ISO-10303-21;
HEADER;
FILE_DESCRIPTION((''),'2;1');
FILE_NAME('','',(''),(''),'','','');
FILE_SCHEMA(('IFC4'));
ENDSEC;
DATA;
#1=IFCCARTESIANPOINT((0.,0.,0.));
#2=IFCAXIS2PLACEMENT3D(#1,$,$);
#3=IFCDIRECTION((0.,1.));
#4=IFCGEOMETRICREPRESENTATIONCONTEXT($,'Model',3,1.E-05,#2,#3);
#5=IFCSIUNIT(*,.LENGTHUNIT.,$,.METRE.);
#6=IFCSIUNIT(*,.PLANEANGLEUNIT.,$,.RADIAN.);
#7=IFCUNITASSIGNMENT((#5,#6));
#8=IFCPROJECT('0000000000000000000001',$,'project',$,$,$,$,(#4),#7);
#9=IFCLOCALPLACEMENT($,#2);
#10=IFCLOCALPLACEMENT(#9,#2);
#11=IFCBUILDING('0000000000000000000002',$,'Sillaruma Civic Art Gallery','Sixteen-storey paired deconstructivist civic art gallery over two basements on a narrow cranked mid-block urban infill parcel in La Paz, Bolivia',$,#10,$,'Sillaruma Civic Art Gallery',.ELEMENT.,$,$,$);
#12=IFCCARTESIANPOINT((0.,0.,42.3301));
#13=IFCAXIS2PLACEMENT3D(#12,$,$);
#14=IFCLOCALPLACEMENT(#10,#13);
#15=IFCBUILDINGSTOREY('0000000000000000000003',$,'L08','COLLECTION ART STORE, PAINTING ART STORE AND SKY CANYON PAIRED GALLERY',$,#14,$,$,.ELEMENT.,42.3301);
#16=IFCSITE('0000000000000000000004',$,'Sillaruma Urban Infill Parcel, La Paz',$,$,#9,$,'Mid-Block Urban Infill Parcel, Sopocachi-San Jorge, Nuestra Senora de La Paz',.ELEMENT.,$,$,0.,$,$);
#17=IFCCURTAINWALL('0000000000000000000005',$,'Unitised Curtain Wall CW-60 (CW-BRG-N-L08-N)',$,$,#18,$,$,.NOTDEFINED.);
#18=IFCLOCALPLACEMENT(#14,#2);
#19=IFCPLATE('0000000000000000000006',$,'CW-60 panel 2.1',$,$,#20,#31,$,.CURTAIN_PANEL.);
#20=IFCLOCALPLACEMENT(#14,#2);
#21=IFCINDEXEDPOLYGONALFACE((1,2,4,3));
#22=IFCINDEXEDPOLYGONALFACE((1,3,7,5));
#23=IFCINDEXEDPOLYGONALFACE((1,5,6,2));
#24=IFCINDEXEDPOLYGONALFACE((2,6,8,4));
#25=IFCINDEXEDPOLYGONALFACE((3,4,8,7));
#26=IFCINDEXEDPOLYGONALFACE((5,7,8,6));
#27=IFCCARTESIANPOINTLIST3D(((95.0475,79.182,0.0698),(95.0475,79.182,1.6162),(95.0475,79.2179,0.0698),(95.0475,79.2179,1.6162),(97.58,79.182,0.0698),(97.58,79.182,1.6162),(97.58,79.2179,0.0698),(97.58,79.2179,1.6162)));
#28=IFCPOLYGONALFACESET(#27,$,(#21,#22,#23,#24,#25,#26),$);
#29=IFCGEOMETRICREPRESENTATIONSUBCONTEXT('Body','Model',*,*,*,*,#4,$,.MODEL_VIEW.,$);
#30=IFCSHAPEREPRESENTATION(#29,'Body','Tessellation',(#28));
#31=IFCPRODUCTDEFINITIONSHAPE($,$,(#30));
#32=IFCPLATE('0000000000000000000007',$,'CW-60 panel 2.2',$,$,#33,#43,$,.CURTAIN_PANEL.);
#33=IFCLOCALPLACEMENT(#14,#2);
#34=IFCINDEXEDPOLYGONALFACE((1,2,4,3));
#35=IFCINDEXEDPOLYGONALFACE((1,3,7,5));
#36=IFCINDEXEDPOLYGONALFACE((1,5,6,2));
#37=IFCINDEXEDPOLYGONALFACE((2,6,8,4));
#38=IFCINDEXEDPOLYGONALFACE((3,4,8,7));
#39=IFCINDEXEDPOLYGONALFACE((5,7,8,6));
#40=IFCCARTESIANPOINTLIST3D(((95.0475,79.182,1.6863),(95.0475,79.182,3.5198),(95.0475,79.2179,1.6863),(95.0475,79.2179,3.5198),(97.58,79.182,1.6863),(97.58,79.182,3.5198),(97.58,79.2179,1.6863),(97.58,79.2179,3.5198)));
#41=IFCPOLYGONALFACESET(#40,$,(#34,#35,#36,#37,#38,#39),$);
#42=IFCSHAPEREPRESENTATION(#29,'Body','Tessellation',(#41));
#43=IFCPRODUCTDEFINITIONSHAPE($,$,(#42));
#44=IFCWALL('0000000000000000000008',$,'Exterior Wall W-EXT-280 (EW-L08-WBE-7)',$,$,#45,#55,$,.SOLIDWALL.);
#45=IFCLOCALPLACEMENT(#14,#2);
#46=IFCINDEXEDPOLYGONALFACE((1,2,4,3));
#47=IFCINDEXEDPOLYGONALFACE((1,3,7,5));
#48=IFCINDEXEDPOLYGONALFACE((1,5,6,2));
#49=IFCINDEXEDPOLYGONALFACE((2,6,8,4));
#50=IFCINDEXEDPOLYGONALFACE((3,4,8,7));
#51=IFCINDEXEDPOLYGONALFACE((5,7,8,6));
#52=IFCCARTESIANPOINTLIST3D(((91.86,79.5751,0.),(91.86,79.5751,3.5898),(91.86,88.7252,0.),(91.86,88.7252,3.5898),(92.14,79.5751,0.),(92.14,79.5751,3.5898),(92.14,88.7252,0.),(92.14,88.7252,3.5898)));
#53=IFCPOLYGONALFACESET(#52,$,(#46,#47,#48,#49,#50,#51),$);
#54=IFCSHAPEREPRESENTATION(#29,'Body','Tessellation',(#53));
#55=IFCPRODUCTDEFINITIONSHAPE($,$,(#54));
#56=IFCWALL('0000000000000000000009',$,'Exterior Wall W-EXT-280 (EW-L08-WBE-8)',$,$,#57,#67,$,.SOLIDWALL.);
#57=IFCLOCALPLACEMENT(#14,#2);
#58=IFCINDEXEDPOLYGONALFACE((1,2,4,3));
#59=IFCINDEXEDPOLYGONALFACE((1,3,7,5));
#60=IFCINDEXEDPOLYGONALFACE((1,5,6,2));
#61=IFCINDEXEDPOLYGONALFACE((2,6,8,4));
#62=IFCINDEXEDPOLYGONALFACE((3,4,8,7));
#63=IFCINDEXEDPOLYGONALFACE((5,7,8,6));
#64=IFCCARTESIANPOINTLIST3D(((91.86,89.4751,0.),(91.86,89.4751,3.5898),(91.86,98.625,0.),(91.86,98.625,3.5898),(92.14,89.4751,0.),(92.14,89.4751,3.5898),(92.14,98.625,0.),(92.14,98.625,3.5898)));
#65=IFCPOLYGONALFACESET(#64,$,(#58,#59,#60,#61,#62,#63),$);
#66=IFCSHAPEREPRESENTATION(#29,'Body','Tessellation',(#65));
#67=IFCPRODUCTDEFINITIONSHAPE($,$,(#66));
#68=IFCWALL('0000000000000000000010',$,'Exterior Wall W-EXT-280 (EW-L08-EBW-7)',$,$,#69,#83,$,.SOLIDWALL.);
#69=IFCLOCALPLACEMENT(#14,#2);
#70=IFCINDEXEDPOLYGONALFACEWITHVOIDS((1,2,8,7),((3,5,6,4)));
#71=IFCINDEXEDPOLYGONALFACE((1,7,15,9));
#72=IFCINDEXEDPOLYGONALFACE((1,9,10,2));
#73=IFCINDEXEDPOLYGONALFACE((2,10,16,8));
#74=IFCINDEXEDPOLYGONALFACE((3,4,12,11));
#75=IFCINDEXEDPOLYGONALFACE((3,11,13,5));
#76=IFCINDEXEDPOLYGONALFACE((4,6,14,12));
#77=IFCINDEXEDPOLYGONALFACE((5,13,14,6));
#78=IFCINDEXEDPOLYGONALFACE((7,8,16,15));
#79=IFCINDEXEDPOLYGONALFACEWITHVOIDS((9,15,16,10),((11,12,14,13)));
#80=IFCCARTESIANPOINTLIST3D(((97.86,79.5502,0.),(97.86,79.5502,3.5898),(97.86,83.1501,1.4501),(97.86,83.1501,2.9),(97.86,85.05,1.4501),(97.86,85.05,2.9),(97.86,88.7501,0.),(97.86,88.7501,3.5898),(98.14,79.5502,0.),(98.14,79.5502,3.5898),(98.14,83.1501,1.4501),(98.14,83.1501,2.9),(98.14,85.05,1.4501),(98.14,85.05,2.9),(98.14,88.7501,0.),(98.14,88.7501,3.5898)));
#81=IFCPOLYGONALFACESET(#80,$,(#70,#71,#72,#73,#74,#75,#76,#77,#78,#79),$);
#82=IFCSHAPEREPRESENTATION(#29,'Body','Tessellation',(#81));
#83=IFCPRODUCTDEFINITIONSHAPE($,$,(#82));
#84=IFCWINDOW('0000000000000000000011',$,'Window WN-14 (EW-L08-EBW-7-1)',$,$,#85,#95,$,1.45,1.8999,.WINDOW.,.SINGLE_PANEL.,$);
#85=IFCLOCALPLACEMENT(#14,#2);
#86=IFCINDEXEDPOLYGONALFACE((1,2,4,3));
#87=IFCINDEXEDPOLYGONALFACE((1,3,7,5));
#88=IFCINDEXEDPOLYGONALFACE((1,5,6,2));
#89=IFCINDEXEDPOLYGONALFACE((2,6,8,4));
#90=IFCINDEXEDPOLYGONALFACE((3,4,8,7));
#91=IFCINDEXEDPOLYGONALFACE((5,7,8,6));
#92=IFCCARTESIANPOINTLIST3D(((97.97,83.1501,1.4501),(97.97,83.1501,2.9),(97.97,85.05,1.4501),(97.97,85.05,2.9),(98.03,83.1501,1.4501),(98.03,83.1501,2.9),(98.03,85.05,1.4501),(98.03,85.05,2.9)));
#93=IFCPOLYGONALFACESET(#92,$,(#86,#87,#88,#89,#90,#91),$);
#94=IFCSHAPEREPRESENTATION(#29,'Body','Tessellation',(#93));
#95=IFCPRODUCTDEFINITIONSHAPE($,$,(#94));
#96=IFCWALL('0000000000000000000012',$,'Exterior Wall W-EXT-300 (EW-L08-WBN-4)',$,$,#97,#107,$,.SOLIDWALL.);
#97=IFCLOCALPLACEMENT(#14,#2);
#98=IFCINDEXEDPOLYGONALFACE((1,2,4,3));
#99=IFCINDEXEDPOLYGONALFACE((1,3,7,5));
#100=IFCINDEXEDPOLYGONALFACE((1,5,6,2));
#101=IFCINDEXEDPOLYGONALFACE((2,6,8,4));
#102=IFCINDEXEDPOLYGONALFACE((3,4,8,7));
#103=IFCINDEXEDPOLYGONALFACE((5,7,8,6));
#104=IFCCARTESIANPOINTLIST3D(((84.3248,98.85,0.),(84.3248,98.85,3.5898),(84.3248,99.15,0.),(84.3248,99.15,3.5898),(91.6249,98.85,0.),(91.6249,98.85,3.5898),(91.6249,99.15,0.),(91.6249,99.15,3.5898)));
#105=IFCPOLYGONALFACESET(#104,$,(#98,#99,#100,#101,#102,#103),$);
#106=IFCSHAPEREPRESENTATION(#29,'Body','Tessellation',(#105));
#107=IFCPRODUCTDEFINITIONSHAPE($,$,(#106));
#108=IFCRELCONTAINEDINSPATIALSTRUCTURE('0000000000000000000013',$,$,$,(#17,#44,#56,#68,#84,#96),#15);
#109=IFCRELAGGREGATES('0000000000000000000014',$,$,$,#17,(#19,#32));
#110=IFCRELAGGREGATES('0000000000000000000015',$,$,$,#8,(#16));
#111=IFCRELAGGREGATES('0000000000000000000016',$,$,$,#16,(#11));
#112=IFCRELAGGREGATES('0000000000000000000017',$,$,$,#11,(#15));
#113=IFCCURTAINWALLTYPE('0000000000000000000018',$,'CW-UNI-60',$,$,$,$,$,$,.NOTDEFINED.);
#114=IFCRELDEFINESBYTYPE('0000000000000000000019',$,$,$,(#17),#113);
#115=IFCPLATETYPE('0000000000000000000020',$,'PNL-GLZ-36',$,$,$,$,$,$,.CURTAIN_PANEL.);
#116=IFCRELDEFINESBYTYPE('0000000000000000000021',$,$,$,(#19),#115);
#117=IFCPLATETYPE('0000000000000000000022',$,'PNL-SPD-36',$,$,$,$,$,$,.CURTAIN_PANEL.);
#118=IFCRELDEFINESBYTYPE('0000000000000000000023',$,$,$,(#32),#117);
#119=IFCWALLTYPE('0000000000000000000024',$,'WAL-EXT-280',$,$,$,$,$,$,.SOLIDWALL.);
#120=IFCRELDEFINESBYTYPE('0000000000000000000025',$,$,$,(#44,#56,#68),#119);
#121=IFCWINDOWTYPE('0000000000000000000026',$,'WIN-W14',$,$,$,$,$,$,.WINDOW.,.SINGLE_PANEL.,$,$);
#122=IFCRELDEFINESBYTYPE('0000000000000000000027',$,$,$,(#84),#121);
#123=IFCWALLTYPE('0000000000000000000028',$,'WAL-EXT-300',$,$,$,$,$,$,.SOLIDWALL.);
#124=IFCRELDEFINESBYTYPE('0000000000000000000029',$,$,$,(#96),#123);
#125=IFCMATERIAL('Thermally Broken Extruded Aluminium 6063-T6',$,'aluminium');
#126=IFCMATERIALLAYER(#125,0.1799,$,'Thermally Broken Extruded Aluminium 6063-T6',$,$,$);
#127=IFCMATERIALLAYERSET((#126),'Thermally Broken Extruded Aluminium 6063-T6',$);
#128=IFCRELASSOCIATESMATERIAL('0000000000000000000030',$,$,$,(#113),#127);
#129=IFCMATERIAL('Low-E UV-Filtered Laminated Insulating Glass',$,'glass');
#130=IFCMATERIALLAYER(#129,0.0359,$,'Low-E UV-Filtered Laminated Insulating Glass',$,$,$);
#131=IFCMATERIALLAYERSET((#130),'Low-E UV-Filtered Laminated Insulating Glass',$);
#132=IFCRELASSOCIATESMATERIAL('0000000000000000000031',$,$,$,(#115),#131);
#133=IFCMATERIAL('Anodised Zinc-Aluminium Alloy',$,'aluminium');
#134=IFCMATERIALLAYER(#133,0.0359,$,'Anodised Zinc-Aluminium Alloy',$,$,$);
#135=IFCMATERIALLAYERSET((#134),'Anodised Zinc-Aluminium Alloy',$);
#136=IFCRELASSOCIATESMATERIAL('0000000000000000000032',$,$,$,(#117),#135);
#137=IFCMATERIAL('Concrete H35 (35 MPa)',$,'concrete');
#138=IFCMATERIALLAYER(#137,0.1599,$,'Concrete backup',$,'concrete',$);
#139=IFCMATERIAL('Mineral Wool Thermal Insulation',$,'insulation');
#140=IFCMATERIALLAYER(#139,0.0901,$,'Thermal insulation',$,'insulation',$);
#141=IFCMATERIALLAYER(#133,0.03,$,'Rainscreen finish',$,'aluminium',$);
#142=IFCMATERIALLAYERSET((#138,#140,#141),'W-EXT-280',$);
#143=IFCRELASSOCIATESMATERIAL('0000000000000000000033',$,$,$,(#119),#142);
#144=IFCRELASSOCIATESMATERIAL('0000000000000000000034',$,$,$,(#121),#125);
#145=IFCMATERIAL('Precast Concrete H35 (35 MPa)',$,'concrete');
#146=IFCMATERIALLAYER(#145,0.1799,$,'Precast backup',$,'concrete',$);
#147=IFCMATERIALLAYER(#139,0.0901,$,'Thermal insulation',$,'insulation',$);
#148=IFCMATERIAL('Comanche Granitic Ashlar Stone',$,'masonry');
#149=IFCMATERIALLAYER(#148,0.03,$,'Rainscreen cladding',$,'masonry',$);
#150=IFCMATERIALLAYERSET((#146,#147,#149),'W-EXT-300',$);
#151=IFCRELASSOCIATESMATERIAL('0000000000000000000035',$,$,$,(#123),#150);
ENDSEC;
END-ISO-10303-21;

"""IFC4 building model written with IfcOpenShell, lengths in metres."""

from ifc_helpers import new_model, si_unit, direction, frame, frame_2d, origin, origin_2d, place, context, subcontext, project, spatial, rectangle, extrude, material, layer, layer_set, type_object, element, fill, aggregate, save


model = new_model("IFC4")

# Units and contexts
model_context = context("Model", 3, precision=1e-05, world=origin(), true_north=direction((0.0, 1.0)))
body_context = subcontext(model_context, "Body", "Model", "MODEL_VIEW")
ifc_project = project(units=[si_unit("LENGTHUNIT", "METRE"), si_unit("PLANEANGLEUNIT", "RADIAN")], contexts=[model_context])

# Site, building, storey
site_placement = place(None, origin())
site = spatial("IfcSite", under=ifc_project, at=site_placement, Name="Sillaruma Urban Infill Parcel, La Paz", LongName="Mid-Block Urban Infill Parcel, Sopocachi-San Jorge, Nuestra Senora de La Paz", CompositionType="ELEMENT", RefElevation=0.0)
building_placement = place(site_placement, origin())
building = spatial("IfcBuilding", under=site, at=building_placement, Name="Sillaruma Civic Art Gallery", Description="Sixteen-storey paired deconstructivist civic art gallery over two basements on a narrow cranked mid-block urban infill parcel in La Paz, Bolivia", LongName="Sillaruma Civic Art Gallery", CompositionType="ELEMENT")
storey_placement = place(building_placement, frame((0.0, 0.0, 42.3301)))
storey = spatial("IfcBuildingStorey", under=building, at=storey_placement, Name="L08", Description="COLLECTION ART STORE, PAINTING ART STORE AND SKY CANYON PAIRED GALLERY", CompositionType="ELEMENT", Elevation=42.3301)

# Shared definitions
ifc_material_1 = material(Name="Concrete H35 (35 MPa)", Category="concrete")

# Curtain wall, plates
ifc_material_2 = material(Name="Thermally Broken Extruded Aluminium 6063-T6", Category="aluminium")
ifc_layer_1 = layer(ifc_material_2, 0.1799, Name="Thermally Broken Extruded Aluminium 6063-T6")
ifc_layer_set_1 = layer_set([ifc_layer_1], Name="Thermally Broken Extruded Aluminium 6063-T6")
curtain_wall_type = type_object("IfcCurtainWallType", Name="CW-UNI-60", PredefinedType="NOTDEFINED", material=ifc_layer_set_1)
curtain_wall_placement = place(storey_placement, origin())
curtain_wall = element("IfcCurtainWall", 1, at=curtain_wall_placement, inside=storey, type_object=curtain_wall_type, Name="Unitised Curtain Wall CW-60 (CW-BRG-N-L08-N)", PredefinedType="NOTDEFINED")
ifc_material_3 = material(Name="Low-E UV-Filtered Laminated Insulating Glass", Category="glass")
ifc_layer_2 = layer(ifc_material_3, 0.0359, Name="Low-E UV-Filtered Laminated Insulating Glass")
ifc_layer_set_2 = layer_set([ifc_layer_2], Name="Low-E UV-Filtered Laminated Insulating Glass")
plate_type_1 = type_object("IfcPlateType", Name="PNL-GLZ-36", PredefinedType="CURTAIN_PANEL", material=ifc_layer_set_2)
plate_1_placement = place(storey_placement, frame((96.3137, 79.2, 0.0698), z_axis=(0.0, 0.0, 1.0), x_axis=(1.0, 0.0, 0.0)))
plate_1 = element("IfcPlate", 2, at=plate_1_placement, type_object=plate_type_1, Name="CW-60 panel 2.1", PredefinedType="CURTAIN_PANEL", context=body_context, shape_type="SweptSolid", body=[
    extrude(rectangle(XDim=2.5325, YDim=0.0359, at=origin_2d()), origin(), (0.0, 0.0, 1.0), 1.5464),
])
ifc_material_4 = material(Name="Anodised Zinc-Aluminium Alloy", Category="aluminium")
ifc_layer_3 = layer(ifc_material_4, 0.0359, Name="Anodised Zinc-Aluminium Alloy")
ifc_layer_set_3 = layer_set([ifc_layer_3], Name="Anodised Zinc-Aluminium Alloy")
plate_type_2 = type_object("IfcPlateType", Name="PNL-SPD-36", PredefinedType="CURTAIN_PANEL", material=ifc_layer_set_3)
plate_2_placement = place(storey_placement, frame((96.3137, 79.2, 1.6863), z_axis=(0.0, 0.0, 1.0), x_axis=(1.0, 0.0, 0.0)))
plate_2 = element("IfcPlate", 3, at=plate_2_placement, type_object=plate_type_2, Name="CW-60 panel 2.2", PredefinedType="CURTAIN_PANEL", context=body_context, shape_type="SweptSolid", body=[
    extrude(rectangle(XDim=2.5325, YDim=0.0359, at=origin_2d()), origin(), (0.0, 0.0, 1.0), 1.8335),
])
aggregate(curtain_wall, [plate_1, plate_2])

# Walls
ifc_layer_4 = layer(ifc_material_1, 0.1599, Name="Concrete backup", Category="concrete")
ifc_material_5 = material(Name="Mineral Wool Thermal Insulation", Category="insulation")
ifc_layer_5 = layer(ifc_material_5, 0.0901, Name="Thermal insulation", Category="insulation")
ifc_layer_6 = layer(ifc_material_4, 0.03, Name="Rainscreen finish", Category="aluminium")
ifc_layer_set_4 = layer_set([ifc_layer_4, ifc_layer_5, ifc_layer_6], Name="W-EXT-280")
wall_type_1 = type_object("IfcWallType", Name="WAL-EXT-280", PredefinedType="SOLIDWALL", material=ifc_layer_set_4)
wall_1_placement = place(storey_placement, frame((92.0, 79.575, 0.0), z_axis=(0.0, 0.0, 1.0), x_axis=(0.0, 1.0, 0.0)))
element("IfcWall", 4, at=wall_1_placement, inside=storey, type_object=wall_type_1, Name="Exterior Wall W-EXT-280 (EW-L08-WBE-7)", PredefinedType="SOLIDWALL", context=body_context, shape_type="SweptSolid", body=[
    extrude(rectangle(XDim=9.1501, YDim=0.28, at=frame_2d((4.5752, 0.0))), origin(), (0.0, 0.0, 1.0), 3.5898),
])
wall_2_placement = place(storey_placement, frame((92.0, 89.4751, 0.0), z_axis=(0.0, 0.0, 1.0), x_axis=(0.0, 1.0, 0.0)))
element("IfcWall", 5, at=wall_2_placement, inside=storey, type_object=wall_type_1, Name="Exterior Wall W-EXT-280 (EW-L08-WBE-8)", PredefinedType="SOLIDWALL", context=body_context, shape_type="SweptSolid", body=[
    extrude(rectangle(XDim=9.1499, YDim=0.28, at=frame_2d((4.575, 0.0))), origin(), (0.0, 0.0, 1.0), 3.5898),
])

# Wall, opening, window
wall_3_placement = place(storey_placement, frame((98.0, 79.55, 0.0), z_axis=(0.0, 0.0, 1.0), x_axis=(0.0, 1.0, 0.0)))
wall_3 = element("IfcWall", 6, at=wall_3_placement, inside=storey, type_object=wall_type_1, Name="Exterior Wall W-EXT-280 (EW-L08-EBW-7)", PredefinedType="SOLIDWALL", context=body_context, shape_type="SweptSolid", body=[
    extrude(rectangle(XDim=9.2, YDim=0.28, at=frame_2d((4.6001, 0.0))), origin(), (0.0, 0.0, 1.0), 3.5898),
])
opening_placement = place(wall_3_placement, frame((3.6001, 0.0, 1.45)))
opening = element("IfcOpeningElement", 7, at=opening_placement, cuts=wall_3, PredefinedType="OPENING", context=body_context, shape_type="SweptSolid", body=[
    extrude(rectangle(XDim=1.8999, YDim=1.45, at=frame_2d((0.95, 0.7251))), frame((0.0, 0.1499, 0.0), z_axis=(0.0, -1.0, 0.0), x_axis=(1.0, 0.0, 0.0)), (0.0, 0.0, 1.0), 0.3),
])
window_type = type_object("IfcWindowType", Name="WIN-W14", PartitioningType="SINGLE_PANEL", PredefinedType="WINDOW", material=ifc_material_2)
window_placement = place(opening_placement, origin())
window = element("IfcWindow", 8, at=window_placement, inside=storey, type_object=window_type, Name="Window WN-14 (EW-L08-EBW-7-1)", OverallHeight=1.45, OverallWidth=1.8999, PartitioningType="SINGLE_PANEL", PredefinedType="WINDOW", context=body_context, shape_type="SweptSolid", body=[
    extrude(rectangle(XDim=1.8999, YDim=1.45, at=frame_2d((0.95, 0.7251))), frame((0.0, 0.03, 0.0), z_axis=(0.0, -1.0, 0.0), x_axis=(1.0, 0.0, 0.0)), (0.0, 0.0, 1.0), 0.0601),
])
fill(opening, window)

# Wall
ifc_material_6 = material(Name="Precast Concrete H35 (35 MPa)", Category="concrete")
ifc_layer_7 = layer(ifc_material_6, 0.1799, Name="Precast backup", Category="concrete")
ifc_layer_8 = layer(ifc_material_5, 0.0901, Name="Thermal insulation", Category="insulation")
ifc_material_7 = material(Name="Comanche Granitic Ashlar Stone", Category="masonry")
ifc_layer_9 = layer(ifc_material_7, 0.03, Name="Rainscreen cladding", Category="masonry")
ifc_layer_set_5 = layer_set([ifc_layer_7, ifc_layer_8, ifc_layer_9], Name="W-EXT-300")
wall_type_2 = type_object("IfcWallType", Name="WAL-EXT-300", PredefinedType="SOLIDWALL", material=ifc_layer_set_5)
wall_4_placement = place(storey_placement, frame((84.325, 99.0, 0.0), z_axis=(0.0, 0.0, 1.0), x_axis=(1.0, 0.0, 0.0)))
element("IfcWall", 9, at=wall_4_placement, inside=storey, type_object=wall_type_2, Name="Exterior Wall W-EXT-300 (EW-L08-WBN-4)", PredefinedType="SOLIDWALL", context=body_context, shape_type="SweptSolid", body=[
    extrude(rectangle(XDim=7.3, YDim=0.3, at=frame_2d((3.6499, 0.0))), origin(), (0.0, 0.0, 1.0), 3.5898),
])

save(model, "model.ifc")
